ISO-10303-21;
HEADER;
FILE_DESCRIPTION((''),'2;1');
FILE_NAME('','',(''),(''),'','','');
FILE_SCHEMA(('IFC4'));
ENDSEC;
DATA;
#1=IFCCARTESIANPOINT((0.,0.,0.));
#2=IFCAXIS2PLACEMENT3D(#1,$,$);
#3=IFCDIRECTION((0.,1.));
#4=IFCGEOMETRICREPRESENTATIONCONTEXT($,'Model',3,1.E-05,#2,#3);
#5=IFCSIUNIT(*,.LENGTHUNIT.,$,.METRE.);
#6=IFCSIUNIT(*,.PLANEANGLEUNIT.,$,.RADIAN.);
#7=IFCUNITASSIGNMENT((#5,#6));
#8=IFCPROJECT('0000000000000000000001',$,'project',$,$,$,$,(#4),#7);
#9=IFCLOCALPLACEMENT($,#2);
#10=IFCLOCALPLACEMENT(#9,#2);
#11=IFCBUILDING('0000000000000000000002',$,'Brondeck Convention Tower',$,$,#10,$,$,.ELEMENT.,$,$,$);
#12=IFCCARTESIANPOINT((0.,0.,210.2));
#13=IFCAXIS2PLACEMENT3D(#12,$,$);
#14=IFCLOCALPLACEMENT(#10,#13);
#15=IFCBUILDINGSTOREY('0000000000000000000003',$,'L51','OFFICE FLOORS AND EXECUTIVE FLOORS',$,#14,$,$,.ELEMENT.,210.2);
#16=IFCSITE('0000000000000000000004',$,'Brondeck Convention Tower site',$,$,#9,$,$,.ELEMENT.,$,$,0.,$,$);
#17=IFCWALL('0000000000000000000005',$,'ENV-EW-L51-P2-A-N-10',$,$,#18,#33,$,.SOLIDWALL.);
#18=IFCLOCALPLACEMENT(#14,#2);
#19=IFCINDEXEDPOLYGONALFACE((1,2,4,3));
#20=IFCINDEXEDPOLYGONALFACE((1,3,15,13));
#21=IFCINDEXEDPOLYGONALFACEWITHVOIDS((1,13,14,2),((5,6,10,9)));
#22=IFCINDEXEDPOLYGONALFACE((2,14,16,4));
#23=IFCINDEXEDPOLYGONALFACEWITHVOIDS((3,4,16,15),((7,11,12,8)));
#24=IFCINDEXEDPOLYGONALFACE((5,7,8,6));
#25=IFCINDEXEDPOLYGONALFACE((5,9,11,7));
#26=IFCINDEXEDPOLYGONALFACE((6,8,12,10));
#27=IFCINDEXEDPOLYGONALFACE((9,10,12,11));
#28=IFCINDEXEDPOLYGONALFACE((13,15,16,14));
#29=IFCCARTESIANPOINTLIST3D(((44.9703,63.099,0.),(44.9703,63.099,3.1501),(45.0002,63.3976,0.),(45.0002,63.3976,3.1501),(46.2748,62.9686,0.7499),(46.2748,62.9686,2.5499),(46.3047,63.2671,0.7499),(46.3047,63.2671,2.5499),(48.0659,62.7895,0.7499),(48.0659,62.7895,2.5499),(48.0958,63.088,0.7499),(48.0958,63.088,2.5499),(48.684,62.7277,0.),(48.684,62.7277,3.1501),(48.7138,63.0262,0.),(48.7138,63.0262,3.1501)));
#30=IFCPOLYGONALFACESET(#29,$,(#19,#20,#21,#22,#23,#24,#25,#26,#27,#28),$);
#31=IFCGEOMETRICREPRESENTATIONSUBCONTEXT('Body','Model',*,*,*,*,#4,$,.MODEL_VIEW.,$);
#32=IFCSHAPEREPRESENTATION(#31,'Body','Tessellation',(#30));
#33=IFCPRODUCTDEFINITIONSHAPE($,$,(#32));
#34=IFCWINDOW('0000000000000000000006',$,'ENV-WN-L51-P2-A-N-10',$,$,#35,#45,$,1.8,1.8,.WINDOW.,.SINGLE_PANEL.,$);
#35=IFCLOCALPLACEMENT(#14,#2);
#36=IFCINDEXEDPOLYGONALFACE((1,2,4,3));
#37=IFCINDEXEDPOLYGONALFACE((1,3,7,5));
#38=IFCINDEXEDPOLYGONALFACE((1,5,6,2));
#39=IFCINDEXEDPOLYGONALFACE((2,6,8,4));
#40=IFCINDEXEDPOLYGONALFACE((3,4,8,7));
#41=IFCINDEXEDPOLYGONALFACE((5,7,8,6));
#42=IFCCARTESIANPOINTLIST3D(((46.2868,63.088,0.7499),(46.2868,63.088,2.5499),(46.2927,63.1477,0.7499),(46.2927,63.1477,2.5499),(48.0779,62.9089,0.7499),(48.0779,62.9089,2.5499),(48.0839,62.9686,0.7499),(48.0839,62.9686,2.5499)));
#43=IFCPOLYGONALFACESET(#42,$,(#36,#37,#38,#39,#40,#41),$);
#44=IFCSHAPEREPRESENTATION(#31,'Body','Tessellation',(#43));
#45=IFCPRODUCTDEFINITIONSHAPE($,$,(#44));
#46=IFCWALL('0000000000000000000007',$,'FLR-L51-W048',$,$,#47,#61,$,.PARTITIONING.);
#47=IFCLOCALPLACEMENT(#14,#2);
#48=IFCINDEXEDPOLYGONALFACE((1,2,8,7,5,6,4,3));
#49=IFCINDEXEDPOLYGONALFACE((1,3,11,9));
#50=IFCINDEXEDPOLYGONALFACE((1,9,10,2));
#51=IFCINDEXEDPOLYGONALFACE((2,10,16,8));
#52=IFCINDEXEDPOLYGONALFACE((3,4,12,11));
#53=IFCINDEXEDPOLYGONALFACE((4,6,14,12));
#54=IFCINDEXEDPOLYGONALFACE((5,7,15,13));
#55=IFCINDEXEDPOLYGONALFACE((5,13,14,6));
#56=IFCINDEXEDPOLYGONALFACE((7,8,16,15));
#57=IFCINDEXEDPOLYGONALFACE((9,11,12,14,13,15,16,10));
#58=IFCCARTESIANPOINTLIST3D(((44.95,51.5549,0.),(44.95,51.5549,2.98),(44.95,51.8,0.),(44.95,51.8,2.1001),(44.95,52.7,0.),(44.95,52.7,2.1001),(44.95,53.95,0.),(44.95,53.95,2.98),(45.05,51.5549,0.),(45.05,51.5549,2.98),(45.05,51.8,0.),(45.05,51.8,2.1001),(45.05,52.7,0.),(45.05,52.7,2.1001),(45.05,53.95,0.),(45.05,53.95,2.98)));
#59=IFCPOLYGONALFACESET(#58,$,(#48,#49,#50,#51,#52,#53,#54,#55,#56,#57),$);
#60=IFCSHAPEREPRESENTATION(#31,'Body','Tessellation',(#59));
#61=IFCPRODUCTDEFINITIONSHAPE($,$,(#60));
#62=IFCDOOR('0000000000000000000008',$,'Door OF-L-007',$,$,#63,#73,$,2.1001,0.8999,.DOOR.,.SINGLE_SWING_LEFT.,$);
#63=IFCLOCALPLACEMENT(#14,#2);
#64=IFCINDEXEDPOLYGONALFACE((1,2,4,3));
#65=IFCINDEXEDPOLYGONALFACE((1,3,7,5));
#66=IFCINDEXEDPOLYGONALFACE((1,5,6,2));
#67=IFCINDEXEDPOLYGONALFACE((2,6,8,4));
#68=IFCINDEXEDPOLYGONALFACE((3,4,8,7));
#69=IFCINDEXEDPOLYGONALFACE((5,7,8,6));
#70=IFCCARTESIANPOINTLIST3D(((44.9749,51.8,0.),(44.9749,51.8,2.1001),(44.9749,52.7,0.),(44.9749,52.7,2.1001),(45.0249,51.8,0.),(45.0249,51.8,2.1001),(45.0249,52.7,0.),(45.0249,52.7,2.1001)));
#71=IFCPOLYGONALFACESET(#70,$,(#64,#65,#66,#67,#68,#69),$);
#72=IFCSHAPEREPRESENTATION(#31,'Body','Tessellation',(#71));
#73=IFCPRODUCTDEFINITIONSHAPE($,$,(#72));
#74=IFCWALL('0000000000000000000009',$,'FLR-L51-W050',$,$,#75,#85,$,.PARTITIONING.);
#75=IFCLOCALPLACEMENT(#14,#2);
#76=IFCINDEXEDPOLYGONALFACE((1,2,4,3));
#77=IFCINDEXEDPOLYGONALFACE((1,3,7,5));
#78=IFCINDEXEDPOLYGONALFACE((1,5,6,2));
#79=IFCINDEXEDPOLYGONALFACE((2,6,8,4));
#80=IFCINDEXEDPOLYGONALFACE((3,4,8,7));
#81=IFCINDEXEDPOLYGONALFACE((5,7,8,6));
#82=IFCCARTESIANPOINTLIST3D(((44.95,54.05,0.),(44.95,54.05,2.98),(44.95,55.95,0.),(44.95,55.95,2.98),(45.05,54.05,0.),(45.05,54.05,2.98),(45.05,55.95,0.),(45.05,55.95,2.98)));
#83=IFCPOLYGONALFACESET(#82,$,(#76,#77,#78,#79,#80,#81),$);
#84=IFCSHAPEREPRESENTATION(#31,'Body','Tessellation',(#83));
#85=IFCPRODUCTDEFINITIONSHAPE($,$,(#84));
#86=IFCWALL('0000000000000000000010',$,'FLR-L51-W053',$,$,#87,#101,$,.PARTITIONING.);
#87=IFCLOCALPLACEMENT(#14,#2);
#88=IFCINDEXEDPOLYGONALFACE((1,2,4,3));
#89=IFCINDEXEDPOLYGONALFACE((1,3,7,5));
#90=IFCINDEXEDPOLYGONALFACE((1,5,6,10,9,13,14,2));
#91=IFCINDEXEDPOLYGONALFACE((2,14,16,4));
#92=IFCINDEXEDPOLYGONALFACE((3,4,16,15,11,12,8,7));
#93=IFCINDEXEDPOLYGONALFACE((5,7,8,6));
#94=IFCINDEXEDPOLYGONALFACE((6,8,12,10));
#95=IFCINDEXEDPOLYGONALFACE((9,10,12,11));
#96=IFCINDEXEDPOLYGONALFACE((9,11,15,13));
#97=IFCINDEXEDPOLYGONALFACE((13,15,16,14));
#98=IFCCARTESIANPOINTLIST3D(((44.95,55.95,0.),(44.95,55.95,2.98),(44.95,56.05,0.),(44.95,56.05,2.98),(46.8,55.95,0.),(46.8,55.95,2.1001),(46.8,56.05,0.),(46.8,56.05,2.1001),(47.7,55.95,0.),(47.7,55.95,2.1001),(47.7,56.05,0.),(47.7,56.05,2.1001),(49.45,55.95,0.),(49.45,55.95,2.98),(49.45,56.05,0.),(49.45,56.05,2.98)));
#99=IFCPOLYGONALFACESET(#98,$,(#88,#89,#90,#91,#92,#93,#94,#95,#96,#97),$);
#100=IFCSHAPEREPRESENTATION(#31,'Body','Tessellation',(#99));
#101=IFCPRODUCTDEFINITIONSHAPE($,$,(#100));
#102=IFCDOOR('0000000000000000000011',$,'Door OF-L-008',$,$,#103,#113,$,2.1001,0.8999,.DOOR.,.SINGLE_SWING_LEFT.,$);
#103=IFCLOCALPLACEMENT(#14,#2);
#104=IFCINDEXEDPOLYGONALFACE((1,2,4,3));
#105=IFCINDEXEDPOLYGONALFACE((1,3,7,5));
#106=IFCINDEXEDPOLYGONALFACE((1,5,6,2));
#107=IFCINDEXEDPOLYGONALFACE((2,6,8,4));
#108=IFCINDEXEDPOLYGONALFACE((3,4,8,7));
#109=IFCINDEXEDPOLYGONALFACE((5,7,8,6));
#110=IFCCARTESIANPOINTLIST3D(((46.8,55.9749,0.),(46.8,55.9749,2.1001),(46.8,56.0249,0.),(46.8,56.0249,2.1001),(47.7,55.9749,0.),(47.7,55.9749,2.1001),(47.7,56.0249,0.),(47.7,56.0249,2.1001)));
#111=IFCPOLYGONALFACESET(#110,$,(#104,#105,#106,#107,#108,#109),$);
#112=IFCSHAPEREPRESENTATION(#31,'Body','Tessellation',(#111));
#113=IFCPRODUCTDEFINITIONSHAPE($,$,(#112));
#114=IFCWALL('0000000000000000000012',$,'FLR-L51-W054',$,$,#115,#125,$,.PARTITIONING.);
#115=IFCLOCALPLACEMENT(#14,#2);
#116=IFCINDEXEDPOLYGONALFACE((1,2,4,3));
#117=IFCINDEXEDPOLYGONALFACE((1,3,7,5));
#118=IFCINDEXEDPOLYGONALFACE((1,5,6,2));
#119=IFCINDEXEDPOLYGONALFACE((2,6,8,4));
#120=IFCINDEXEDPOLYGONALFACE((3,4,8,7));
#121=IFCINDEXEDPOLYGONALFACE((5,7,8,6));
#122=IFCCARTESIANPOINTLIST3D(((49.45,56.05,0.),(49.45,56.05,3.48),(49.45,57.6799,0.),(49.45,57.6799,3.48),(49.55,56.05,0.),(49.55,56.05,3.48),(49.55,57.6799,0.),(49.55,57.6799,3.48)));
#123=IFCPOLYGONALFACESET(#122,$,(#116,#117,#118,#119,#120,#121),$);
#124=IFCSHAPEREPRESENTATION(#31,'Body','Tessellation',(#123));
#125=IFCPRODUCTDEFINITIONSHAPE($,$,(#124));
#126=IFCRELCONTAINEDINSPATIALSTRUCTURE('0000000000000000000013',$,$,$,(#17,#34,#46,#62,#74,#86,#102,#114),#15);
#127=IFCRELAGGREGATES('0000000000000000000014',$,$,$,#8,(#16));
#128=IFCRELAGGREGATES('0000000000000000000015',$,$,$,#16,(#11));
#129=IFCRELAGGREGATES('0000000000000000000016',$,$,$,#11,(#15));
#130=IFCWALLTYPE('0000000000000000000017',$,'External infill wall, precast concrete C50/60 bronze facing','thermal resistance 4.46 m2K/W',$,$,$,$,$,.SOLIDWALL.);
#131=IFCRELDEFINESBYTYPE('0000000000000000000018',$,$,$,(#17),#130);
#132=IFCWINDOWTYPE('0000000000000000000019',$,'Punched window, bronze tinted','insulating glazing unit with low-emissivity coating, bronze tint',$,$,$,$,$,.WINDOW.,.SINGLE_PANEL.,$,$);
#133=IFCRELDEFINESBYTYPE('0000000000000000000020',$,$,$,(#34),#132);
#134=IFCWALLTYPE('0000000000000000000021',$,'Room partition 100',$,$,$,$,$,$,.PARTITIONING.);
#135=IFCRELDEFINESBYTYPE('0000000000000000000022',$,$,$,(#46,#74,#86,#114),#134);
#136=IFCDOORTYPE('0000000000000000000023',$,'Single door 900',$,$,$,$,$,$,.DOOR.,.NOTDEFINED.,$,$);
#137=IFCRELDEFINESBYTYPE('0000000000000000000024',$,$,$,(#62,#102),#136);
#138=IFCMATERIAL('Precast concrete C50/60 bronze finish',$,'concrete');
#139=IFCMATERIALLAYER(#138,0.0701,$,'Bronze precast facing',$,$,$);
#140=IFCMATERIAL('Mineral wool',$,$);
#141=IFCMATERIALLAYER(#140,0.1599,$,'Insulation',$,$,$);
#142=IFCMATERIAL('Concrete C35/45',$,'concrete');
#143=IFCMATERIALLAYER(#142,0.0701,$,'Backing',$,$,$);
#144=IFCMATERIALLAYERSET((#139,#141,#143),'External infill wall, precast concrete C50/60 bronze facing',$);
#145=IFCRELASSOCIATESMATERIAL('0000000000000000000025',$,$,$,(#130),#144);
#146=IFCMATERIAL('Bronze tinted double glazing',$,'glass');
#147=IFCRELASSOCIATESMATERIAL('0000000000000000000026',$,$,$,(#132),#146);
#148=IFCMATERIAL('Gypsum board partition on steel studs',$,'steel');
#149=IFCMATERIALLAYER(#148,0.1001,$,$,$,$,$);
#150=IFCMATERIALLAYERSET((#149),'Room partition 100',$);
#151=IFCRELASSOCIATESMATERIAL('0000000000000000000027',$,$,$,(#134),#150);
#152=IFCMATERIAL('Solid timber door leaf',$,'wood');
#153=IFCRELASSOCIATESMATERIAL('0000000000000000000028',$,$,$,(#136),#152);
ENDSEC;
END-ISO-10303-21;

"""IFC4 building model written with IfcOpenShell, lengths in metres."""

from ifc_helpers import new_model, si_unit, direction, frame, frame_2d, origin, place, context, subcontext, project, spatial, rectangle, extrude, material, layer, layer_set, type_object, element, fill, save


model = new_model("IFC4")

# Units and contexts
model_context = context("Model", 3, precision=1e-05, world=origin(), true_north=direction((0.0, 1.0)))
body_context = subcontext(model_context, "Body", "Model", "MODEL_VIEW")
ifc_project = project(units=[si_unit("LENGTHUNIT", "METRE"), si_unit("PLANEANGLEUNIT", "RADIAN")], contexts=[model_context])

# Site, building, storey
site_placement = place(None, origin())
site = spatial("IfcSite", under=ifc_project, at=site_placement, Name="Brondeck Convention Tower site", CompositionType="ELEMENT", RefElevation=0.0)
building_placement = place(site_placement, origin())
building = spatial("IfcBuilding", under=site, at=building_placement, Name="Brondeck Convention Tower", CompositionType="ELEMENT")
storey_placement = place(building_placement, frame((0.0, 0.0, 210.2)))
storey = spatial("IfcBuildingStorey", under=building, at=storey_placement, Name="L51", Description="OFFICE FLOORS AND EXECUTIVE FLOORS", CompositionType="ELEMENT", Elevation=210.2)

# Shared definitions
ifc_material_1 = material(Name="Precast concrete C50/60 bronze finish", Category="concrete")
ifc_layer_1 = layer(ifc_material_1, 0.0701, Name="Bronze precast facing")
ifc_material_2 = material(Name="Mineral wool")
ifc_layer_2 = layer(ifc_material_2, 0.1599, Name="Insulation")
ifc_material_3 = material(Name="Concrete C35/45", Category="concrete")
ifc_layer_3 = layer(ifc_material_3, 0.0701, Name="Backing")
ifc_layer_set_1 = layer_set([ifc_layer_1, ifc_layer_2, ifc_layer_3], Name="External infill wall, precast concrete C50/60 bronze facing")
wall_type_1 = type_object("IfcWallType", Name="External infill wall, precast concrete C50/60 bronze facing", Description="thermal resistance 4.46 m2K/W", PredefinedType="SOLIDWALL", material=ifc_layer_set_1)
ifc_material_4 = material(Name="Bronze tinted double glazing", Category="glass")
window_type_1 = type_object("IfcWindowType", Name="Punched window, bronze tinted", Description="insulating glazing unit with low-emissivity coating, bronze tint", PartitioningType="SINGLE_PANEL", PredefinedType="WINDOW", material=ifc_material_4)

# Wall, opening, window
wall_1_placement = place(storey_placement, frame((44.9851, 63.2483, 0.0), z_axis=(0.0, 0.0, 1.0), x_axis=(0.995038, -0.099497, 0.0)))
wall_1 = element("IfcWall", 1, at=wall_1_placement, inside=storey, type_object=wall_type_1, Name="ENV-EW-L51-P2-A-N-10", PredefinedType="SOLIDWALL", context=body_context, shape_type="SweptSolid", body=[
    extrude(rectangle(XDim=3.7322, YDim=0.3, at=frame_2d((1.8662, 0.0))), origin(), (0.0, 0.0, 1.0), 3.1501),
])
opening_1_placement = place(wall_1_placement, frame((1.3113, 0.0, 0.75)))
opening_1 = element("IfcOpeningElement", 2, at=opening_1_placement, cuts=wall_1, PredefinedType="OPENING", context=body_context, shape_type="SweptSolid", body=[
    extrude(rectangle(XDim=1.8, YDim=1.8, at=frame_2d((0.8999, 0.8999))), frame((0.0, 0.1599, 0.0), z_axis=(0.0, -1.0, 0.0), x_axis=(1.0, 0.0, 0.0)), (0.0, 0.0, 1.0), 0.3201),
])
window_1_placement = place(opening_1_placement, origin())
window_1 = element("IfcWindow", 3, at=window_1_placement, inside=storey, type_object=window_type_1, Name="ENV-WN-L51-P2-A-N-10", OverallHeight=1.8, OverallWidth=1.8, PartitioningType="SINGLE_PANEL", PredefinedType="WINDOW", context=body_context, shape_type="SweptSolid", body=[
    extrude(rectangle(XDim=1.8, YDim=1.8, at=frame_2d((0.8999, 0.8999))), frame((0.0, 0.03, 0.0), z_axis=(0.0, -1.0, 0.0), x_axis=(1.0, 0.0, 0.0)), (0.0, 0.0, 1.0), 0.0601),
])
fill(opening_1, window_1)

# Wall, opening, door
ifc_material_5 = material(Name="Gypsum board partition on steel studs", Category="steel")
ifc_layer_4 = layer(ifc_material_5, 0.1001)
ifc_layer_set_2 = layer_set([ifc_layer_4], Name="Room partition 100")
wall_type_2 = type_object("IfcWallType", Name="Room partition 100", PredefinedType="PARTITIONING", material=ifc_layer_set_2)
wall_2_placement = place(storey_placement, frame((45.0, 53.95, 0.0), z_axis=(0.0, 0.0, 1.0), x_axis=(0.0, -1.0, 0.0)))
wall_2 = element("IfcWall", 4, at=wall_2_placement, inside=storey, type_object=wall_type_2, Name="FLR-L51-W048", PredefinedType="PARTITIONING", context=body_context, shape_type="SweptSolid", body=[
    extrude(rectangle(XDim=2.395, YDim=0.1001, at=frame_2d((1.1975, 0.0))), origin(), (0.0, 0.0, 1.0), 2.98),
])
opening_2_placement = place(wall_2_placement, frame((1.25, 0.0, 0.0)))
opening_2 = element("IfcOpeningElement", 5, at=opening_2_placement, cuts=wall_2, PredefinedType="OPENING", context=body_context, shape_type="SweptSolid", body=[
    extrude(rectangle(XDim=0.8999, YDim=2.1001, at=frame_2d((0.45, 1.05))), frame((0.0, 0.0601, 0.0), z_axis=(0.0, -1.0, 0.0), x_axis=(1.0, 0.0, 0.0)), (0.0, 0.0, 1.0), 0.1201),
])
ifc_material_6 = material(Name="Solid timber door leaf", Category="wood")
door_type = type_object("IfcDoorType", Name="Single door 900", OperationType="NOTDEFINED", PredefinedType="DOOR", material=ifc_material_6)
door_1_placement = place(opening_2_placement, origin())
door_1 = element("IfcDoor", 6, at=door_1_placement, inside=storey, type_object=door_type, Name="Door OF-L-007", OperationType="SINGLE_SWING_LEFT", OverallHeight=2.1001, OverallWidth=0.8999, PredefinedType="DOOR", context=body_context, shape_type="SweptSolid", body=[
    extrude(rectangle(XDim=0.8999, YDim=2.1001, at=frame_2d((0.45, 1.05))), frame((0.0, 0.0249, 0.0), z_axis=(0.0, -1.0, 0.0), x_axis=(1.0, 0.0, 0.0)), (0.0, 0.0, 1.0), 0.05),
])
fill(opening_2, door_1)

# Wall
wall_3_placement = place(storey_placement, frame((45.0, 54.05, 0.0), z_axis=(0.0, 0.0, 1.0), x_axis=(0.0, 1.0, 0.0)))
element("IfcWall", 7, at=wall_3_placement, inside=storey, type_object=wall_type_2, Name="FLR-L51-W050", PredefinedType="PARTITIONING", context=body_context, shape_type="SweptSolid", body=[
    extrude(rectangle(XDim=1.8999, YDim=0.1001, at=frame_2d((0.95, 0.0))), origin(), (0.0, 0.0, 1.0), 2.98),
])

# Wall, opening, door
wall_4_placement = place(storey_placement, frame((44.95, 56.0, 0.0), z_axis=(0.0, 0.0, 1.0), x_axis=(1.0, 0.0, 0.0)))
wall_4 = element("IfcWall", 8, at=wall_4_placement, inside=storey, type_object=wall_type_2, Name="FLR-L51-W053", PredefinedType="PARTITIONING", context=body_context, shape_type="SweptSolid", body=[
    extrude(rectangle(XDim=4.5, YDim=0.1001, at=frame_2d((2.25, 0.0))), origin(), (0.0, 0.0, 1.0), 2.98),
])
opening_3_placement = place(wall_4_placement, frame((1.8501, 0.0, 0.0)))
opening_3 = element("IfcOpeningElement", 9, at=opening_3_placement, cuts=wall_4, PredefinedType="OPENING", context=body_context, shape_type="SweptSolid", body=[
    extrude(rectangle(XDim=0.8999, YDim=2.1001, at=frame_2d((0.45, 1.05))), frame((0.0, 0.0601, 0.0), z_axis=(0.0, -1.0, 0.0), x_axis=(1.0, 0.0, 0.0)), (0.0, 0.0, 1.0), 0.1201),
])
door_2_placement = place(opening_3_placement, origin())
door_2 = element("IfcDoor", 10, at=door_2_placement, inside=storey, type_object=door_type, Name="Door OF-L-008", OperationType="SINGLE_SWING_LEFT", OverallHeight=2.1001, OverallWidth=0.8999, PredefinedType="DOOR", context=body_context, shape_type="SweptSolid", body=[
    extrude(rectangle(XDim=0.8999, YDim=2.1001, at=frame_2d((0.45, 1.05))), frame((0.0, 0.0249, 0.0), z_axis=(0.0, -1.0, 0.0), x_axis=(1.0, 0.0, 0.0)), (0.0, 0.0, 1.0), 0.05),
])
fill(opening_3, door_2)

# Wall
wall_5_placement = place(storey_placement, frame((49.5, 56.05, 0.0), z_axis=(0.0, 0.0, 1.0), x_axis=(0.0, 1.0, 0.0)))
element("IfcWall", 11, at=wall_5_placement, inside=storey, type_object=wall_type_2, Name="FLR-L51-W054", PredefinedType="PARTITIONING", context=body_context, shape_type="SweptSolid", body=[
    extrude(rectangle(XDim=1.6299, YDim=0.1001, at=frame_2d((0.8149, 0.0))), origin(), (0.0, 0.0, 1.0), 3.48),
])

save(model, "model.ifc")
